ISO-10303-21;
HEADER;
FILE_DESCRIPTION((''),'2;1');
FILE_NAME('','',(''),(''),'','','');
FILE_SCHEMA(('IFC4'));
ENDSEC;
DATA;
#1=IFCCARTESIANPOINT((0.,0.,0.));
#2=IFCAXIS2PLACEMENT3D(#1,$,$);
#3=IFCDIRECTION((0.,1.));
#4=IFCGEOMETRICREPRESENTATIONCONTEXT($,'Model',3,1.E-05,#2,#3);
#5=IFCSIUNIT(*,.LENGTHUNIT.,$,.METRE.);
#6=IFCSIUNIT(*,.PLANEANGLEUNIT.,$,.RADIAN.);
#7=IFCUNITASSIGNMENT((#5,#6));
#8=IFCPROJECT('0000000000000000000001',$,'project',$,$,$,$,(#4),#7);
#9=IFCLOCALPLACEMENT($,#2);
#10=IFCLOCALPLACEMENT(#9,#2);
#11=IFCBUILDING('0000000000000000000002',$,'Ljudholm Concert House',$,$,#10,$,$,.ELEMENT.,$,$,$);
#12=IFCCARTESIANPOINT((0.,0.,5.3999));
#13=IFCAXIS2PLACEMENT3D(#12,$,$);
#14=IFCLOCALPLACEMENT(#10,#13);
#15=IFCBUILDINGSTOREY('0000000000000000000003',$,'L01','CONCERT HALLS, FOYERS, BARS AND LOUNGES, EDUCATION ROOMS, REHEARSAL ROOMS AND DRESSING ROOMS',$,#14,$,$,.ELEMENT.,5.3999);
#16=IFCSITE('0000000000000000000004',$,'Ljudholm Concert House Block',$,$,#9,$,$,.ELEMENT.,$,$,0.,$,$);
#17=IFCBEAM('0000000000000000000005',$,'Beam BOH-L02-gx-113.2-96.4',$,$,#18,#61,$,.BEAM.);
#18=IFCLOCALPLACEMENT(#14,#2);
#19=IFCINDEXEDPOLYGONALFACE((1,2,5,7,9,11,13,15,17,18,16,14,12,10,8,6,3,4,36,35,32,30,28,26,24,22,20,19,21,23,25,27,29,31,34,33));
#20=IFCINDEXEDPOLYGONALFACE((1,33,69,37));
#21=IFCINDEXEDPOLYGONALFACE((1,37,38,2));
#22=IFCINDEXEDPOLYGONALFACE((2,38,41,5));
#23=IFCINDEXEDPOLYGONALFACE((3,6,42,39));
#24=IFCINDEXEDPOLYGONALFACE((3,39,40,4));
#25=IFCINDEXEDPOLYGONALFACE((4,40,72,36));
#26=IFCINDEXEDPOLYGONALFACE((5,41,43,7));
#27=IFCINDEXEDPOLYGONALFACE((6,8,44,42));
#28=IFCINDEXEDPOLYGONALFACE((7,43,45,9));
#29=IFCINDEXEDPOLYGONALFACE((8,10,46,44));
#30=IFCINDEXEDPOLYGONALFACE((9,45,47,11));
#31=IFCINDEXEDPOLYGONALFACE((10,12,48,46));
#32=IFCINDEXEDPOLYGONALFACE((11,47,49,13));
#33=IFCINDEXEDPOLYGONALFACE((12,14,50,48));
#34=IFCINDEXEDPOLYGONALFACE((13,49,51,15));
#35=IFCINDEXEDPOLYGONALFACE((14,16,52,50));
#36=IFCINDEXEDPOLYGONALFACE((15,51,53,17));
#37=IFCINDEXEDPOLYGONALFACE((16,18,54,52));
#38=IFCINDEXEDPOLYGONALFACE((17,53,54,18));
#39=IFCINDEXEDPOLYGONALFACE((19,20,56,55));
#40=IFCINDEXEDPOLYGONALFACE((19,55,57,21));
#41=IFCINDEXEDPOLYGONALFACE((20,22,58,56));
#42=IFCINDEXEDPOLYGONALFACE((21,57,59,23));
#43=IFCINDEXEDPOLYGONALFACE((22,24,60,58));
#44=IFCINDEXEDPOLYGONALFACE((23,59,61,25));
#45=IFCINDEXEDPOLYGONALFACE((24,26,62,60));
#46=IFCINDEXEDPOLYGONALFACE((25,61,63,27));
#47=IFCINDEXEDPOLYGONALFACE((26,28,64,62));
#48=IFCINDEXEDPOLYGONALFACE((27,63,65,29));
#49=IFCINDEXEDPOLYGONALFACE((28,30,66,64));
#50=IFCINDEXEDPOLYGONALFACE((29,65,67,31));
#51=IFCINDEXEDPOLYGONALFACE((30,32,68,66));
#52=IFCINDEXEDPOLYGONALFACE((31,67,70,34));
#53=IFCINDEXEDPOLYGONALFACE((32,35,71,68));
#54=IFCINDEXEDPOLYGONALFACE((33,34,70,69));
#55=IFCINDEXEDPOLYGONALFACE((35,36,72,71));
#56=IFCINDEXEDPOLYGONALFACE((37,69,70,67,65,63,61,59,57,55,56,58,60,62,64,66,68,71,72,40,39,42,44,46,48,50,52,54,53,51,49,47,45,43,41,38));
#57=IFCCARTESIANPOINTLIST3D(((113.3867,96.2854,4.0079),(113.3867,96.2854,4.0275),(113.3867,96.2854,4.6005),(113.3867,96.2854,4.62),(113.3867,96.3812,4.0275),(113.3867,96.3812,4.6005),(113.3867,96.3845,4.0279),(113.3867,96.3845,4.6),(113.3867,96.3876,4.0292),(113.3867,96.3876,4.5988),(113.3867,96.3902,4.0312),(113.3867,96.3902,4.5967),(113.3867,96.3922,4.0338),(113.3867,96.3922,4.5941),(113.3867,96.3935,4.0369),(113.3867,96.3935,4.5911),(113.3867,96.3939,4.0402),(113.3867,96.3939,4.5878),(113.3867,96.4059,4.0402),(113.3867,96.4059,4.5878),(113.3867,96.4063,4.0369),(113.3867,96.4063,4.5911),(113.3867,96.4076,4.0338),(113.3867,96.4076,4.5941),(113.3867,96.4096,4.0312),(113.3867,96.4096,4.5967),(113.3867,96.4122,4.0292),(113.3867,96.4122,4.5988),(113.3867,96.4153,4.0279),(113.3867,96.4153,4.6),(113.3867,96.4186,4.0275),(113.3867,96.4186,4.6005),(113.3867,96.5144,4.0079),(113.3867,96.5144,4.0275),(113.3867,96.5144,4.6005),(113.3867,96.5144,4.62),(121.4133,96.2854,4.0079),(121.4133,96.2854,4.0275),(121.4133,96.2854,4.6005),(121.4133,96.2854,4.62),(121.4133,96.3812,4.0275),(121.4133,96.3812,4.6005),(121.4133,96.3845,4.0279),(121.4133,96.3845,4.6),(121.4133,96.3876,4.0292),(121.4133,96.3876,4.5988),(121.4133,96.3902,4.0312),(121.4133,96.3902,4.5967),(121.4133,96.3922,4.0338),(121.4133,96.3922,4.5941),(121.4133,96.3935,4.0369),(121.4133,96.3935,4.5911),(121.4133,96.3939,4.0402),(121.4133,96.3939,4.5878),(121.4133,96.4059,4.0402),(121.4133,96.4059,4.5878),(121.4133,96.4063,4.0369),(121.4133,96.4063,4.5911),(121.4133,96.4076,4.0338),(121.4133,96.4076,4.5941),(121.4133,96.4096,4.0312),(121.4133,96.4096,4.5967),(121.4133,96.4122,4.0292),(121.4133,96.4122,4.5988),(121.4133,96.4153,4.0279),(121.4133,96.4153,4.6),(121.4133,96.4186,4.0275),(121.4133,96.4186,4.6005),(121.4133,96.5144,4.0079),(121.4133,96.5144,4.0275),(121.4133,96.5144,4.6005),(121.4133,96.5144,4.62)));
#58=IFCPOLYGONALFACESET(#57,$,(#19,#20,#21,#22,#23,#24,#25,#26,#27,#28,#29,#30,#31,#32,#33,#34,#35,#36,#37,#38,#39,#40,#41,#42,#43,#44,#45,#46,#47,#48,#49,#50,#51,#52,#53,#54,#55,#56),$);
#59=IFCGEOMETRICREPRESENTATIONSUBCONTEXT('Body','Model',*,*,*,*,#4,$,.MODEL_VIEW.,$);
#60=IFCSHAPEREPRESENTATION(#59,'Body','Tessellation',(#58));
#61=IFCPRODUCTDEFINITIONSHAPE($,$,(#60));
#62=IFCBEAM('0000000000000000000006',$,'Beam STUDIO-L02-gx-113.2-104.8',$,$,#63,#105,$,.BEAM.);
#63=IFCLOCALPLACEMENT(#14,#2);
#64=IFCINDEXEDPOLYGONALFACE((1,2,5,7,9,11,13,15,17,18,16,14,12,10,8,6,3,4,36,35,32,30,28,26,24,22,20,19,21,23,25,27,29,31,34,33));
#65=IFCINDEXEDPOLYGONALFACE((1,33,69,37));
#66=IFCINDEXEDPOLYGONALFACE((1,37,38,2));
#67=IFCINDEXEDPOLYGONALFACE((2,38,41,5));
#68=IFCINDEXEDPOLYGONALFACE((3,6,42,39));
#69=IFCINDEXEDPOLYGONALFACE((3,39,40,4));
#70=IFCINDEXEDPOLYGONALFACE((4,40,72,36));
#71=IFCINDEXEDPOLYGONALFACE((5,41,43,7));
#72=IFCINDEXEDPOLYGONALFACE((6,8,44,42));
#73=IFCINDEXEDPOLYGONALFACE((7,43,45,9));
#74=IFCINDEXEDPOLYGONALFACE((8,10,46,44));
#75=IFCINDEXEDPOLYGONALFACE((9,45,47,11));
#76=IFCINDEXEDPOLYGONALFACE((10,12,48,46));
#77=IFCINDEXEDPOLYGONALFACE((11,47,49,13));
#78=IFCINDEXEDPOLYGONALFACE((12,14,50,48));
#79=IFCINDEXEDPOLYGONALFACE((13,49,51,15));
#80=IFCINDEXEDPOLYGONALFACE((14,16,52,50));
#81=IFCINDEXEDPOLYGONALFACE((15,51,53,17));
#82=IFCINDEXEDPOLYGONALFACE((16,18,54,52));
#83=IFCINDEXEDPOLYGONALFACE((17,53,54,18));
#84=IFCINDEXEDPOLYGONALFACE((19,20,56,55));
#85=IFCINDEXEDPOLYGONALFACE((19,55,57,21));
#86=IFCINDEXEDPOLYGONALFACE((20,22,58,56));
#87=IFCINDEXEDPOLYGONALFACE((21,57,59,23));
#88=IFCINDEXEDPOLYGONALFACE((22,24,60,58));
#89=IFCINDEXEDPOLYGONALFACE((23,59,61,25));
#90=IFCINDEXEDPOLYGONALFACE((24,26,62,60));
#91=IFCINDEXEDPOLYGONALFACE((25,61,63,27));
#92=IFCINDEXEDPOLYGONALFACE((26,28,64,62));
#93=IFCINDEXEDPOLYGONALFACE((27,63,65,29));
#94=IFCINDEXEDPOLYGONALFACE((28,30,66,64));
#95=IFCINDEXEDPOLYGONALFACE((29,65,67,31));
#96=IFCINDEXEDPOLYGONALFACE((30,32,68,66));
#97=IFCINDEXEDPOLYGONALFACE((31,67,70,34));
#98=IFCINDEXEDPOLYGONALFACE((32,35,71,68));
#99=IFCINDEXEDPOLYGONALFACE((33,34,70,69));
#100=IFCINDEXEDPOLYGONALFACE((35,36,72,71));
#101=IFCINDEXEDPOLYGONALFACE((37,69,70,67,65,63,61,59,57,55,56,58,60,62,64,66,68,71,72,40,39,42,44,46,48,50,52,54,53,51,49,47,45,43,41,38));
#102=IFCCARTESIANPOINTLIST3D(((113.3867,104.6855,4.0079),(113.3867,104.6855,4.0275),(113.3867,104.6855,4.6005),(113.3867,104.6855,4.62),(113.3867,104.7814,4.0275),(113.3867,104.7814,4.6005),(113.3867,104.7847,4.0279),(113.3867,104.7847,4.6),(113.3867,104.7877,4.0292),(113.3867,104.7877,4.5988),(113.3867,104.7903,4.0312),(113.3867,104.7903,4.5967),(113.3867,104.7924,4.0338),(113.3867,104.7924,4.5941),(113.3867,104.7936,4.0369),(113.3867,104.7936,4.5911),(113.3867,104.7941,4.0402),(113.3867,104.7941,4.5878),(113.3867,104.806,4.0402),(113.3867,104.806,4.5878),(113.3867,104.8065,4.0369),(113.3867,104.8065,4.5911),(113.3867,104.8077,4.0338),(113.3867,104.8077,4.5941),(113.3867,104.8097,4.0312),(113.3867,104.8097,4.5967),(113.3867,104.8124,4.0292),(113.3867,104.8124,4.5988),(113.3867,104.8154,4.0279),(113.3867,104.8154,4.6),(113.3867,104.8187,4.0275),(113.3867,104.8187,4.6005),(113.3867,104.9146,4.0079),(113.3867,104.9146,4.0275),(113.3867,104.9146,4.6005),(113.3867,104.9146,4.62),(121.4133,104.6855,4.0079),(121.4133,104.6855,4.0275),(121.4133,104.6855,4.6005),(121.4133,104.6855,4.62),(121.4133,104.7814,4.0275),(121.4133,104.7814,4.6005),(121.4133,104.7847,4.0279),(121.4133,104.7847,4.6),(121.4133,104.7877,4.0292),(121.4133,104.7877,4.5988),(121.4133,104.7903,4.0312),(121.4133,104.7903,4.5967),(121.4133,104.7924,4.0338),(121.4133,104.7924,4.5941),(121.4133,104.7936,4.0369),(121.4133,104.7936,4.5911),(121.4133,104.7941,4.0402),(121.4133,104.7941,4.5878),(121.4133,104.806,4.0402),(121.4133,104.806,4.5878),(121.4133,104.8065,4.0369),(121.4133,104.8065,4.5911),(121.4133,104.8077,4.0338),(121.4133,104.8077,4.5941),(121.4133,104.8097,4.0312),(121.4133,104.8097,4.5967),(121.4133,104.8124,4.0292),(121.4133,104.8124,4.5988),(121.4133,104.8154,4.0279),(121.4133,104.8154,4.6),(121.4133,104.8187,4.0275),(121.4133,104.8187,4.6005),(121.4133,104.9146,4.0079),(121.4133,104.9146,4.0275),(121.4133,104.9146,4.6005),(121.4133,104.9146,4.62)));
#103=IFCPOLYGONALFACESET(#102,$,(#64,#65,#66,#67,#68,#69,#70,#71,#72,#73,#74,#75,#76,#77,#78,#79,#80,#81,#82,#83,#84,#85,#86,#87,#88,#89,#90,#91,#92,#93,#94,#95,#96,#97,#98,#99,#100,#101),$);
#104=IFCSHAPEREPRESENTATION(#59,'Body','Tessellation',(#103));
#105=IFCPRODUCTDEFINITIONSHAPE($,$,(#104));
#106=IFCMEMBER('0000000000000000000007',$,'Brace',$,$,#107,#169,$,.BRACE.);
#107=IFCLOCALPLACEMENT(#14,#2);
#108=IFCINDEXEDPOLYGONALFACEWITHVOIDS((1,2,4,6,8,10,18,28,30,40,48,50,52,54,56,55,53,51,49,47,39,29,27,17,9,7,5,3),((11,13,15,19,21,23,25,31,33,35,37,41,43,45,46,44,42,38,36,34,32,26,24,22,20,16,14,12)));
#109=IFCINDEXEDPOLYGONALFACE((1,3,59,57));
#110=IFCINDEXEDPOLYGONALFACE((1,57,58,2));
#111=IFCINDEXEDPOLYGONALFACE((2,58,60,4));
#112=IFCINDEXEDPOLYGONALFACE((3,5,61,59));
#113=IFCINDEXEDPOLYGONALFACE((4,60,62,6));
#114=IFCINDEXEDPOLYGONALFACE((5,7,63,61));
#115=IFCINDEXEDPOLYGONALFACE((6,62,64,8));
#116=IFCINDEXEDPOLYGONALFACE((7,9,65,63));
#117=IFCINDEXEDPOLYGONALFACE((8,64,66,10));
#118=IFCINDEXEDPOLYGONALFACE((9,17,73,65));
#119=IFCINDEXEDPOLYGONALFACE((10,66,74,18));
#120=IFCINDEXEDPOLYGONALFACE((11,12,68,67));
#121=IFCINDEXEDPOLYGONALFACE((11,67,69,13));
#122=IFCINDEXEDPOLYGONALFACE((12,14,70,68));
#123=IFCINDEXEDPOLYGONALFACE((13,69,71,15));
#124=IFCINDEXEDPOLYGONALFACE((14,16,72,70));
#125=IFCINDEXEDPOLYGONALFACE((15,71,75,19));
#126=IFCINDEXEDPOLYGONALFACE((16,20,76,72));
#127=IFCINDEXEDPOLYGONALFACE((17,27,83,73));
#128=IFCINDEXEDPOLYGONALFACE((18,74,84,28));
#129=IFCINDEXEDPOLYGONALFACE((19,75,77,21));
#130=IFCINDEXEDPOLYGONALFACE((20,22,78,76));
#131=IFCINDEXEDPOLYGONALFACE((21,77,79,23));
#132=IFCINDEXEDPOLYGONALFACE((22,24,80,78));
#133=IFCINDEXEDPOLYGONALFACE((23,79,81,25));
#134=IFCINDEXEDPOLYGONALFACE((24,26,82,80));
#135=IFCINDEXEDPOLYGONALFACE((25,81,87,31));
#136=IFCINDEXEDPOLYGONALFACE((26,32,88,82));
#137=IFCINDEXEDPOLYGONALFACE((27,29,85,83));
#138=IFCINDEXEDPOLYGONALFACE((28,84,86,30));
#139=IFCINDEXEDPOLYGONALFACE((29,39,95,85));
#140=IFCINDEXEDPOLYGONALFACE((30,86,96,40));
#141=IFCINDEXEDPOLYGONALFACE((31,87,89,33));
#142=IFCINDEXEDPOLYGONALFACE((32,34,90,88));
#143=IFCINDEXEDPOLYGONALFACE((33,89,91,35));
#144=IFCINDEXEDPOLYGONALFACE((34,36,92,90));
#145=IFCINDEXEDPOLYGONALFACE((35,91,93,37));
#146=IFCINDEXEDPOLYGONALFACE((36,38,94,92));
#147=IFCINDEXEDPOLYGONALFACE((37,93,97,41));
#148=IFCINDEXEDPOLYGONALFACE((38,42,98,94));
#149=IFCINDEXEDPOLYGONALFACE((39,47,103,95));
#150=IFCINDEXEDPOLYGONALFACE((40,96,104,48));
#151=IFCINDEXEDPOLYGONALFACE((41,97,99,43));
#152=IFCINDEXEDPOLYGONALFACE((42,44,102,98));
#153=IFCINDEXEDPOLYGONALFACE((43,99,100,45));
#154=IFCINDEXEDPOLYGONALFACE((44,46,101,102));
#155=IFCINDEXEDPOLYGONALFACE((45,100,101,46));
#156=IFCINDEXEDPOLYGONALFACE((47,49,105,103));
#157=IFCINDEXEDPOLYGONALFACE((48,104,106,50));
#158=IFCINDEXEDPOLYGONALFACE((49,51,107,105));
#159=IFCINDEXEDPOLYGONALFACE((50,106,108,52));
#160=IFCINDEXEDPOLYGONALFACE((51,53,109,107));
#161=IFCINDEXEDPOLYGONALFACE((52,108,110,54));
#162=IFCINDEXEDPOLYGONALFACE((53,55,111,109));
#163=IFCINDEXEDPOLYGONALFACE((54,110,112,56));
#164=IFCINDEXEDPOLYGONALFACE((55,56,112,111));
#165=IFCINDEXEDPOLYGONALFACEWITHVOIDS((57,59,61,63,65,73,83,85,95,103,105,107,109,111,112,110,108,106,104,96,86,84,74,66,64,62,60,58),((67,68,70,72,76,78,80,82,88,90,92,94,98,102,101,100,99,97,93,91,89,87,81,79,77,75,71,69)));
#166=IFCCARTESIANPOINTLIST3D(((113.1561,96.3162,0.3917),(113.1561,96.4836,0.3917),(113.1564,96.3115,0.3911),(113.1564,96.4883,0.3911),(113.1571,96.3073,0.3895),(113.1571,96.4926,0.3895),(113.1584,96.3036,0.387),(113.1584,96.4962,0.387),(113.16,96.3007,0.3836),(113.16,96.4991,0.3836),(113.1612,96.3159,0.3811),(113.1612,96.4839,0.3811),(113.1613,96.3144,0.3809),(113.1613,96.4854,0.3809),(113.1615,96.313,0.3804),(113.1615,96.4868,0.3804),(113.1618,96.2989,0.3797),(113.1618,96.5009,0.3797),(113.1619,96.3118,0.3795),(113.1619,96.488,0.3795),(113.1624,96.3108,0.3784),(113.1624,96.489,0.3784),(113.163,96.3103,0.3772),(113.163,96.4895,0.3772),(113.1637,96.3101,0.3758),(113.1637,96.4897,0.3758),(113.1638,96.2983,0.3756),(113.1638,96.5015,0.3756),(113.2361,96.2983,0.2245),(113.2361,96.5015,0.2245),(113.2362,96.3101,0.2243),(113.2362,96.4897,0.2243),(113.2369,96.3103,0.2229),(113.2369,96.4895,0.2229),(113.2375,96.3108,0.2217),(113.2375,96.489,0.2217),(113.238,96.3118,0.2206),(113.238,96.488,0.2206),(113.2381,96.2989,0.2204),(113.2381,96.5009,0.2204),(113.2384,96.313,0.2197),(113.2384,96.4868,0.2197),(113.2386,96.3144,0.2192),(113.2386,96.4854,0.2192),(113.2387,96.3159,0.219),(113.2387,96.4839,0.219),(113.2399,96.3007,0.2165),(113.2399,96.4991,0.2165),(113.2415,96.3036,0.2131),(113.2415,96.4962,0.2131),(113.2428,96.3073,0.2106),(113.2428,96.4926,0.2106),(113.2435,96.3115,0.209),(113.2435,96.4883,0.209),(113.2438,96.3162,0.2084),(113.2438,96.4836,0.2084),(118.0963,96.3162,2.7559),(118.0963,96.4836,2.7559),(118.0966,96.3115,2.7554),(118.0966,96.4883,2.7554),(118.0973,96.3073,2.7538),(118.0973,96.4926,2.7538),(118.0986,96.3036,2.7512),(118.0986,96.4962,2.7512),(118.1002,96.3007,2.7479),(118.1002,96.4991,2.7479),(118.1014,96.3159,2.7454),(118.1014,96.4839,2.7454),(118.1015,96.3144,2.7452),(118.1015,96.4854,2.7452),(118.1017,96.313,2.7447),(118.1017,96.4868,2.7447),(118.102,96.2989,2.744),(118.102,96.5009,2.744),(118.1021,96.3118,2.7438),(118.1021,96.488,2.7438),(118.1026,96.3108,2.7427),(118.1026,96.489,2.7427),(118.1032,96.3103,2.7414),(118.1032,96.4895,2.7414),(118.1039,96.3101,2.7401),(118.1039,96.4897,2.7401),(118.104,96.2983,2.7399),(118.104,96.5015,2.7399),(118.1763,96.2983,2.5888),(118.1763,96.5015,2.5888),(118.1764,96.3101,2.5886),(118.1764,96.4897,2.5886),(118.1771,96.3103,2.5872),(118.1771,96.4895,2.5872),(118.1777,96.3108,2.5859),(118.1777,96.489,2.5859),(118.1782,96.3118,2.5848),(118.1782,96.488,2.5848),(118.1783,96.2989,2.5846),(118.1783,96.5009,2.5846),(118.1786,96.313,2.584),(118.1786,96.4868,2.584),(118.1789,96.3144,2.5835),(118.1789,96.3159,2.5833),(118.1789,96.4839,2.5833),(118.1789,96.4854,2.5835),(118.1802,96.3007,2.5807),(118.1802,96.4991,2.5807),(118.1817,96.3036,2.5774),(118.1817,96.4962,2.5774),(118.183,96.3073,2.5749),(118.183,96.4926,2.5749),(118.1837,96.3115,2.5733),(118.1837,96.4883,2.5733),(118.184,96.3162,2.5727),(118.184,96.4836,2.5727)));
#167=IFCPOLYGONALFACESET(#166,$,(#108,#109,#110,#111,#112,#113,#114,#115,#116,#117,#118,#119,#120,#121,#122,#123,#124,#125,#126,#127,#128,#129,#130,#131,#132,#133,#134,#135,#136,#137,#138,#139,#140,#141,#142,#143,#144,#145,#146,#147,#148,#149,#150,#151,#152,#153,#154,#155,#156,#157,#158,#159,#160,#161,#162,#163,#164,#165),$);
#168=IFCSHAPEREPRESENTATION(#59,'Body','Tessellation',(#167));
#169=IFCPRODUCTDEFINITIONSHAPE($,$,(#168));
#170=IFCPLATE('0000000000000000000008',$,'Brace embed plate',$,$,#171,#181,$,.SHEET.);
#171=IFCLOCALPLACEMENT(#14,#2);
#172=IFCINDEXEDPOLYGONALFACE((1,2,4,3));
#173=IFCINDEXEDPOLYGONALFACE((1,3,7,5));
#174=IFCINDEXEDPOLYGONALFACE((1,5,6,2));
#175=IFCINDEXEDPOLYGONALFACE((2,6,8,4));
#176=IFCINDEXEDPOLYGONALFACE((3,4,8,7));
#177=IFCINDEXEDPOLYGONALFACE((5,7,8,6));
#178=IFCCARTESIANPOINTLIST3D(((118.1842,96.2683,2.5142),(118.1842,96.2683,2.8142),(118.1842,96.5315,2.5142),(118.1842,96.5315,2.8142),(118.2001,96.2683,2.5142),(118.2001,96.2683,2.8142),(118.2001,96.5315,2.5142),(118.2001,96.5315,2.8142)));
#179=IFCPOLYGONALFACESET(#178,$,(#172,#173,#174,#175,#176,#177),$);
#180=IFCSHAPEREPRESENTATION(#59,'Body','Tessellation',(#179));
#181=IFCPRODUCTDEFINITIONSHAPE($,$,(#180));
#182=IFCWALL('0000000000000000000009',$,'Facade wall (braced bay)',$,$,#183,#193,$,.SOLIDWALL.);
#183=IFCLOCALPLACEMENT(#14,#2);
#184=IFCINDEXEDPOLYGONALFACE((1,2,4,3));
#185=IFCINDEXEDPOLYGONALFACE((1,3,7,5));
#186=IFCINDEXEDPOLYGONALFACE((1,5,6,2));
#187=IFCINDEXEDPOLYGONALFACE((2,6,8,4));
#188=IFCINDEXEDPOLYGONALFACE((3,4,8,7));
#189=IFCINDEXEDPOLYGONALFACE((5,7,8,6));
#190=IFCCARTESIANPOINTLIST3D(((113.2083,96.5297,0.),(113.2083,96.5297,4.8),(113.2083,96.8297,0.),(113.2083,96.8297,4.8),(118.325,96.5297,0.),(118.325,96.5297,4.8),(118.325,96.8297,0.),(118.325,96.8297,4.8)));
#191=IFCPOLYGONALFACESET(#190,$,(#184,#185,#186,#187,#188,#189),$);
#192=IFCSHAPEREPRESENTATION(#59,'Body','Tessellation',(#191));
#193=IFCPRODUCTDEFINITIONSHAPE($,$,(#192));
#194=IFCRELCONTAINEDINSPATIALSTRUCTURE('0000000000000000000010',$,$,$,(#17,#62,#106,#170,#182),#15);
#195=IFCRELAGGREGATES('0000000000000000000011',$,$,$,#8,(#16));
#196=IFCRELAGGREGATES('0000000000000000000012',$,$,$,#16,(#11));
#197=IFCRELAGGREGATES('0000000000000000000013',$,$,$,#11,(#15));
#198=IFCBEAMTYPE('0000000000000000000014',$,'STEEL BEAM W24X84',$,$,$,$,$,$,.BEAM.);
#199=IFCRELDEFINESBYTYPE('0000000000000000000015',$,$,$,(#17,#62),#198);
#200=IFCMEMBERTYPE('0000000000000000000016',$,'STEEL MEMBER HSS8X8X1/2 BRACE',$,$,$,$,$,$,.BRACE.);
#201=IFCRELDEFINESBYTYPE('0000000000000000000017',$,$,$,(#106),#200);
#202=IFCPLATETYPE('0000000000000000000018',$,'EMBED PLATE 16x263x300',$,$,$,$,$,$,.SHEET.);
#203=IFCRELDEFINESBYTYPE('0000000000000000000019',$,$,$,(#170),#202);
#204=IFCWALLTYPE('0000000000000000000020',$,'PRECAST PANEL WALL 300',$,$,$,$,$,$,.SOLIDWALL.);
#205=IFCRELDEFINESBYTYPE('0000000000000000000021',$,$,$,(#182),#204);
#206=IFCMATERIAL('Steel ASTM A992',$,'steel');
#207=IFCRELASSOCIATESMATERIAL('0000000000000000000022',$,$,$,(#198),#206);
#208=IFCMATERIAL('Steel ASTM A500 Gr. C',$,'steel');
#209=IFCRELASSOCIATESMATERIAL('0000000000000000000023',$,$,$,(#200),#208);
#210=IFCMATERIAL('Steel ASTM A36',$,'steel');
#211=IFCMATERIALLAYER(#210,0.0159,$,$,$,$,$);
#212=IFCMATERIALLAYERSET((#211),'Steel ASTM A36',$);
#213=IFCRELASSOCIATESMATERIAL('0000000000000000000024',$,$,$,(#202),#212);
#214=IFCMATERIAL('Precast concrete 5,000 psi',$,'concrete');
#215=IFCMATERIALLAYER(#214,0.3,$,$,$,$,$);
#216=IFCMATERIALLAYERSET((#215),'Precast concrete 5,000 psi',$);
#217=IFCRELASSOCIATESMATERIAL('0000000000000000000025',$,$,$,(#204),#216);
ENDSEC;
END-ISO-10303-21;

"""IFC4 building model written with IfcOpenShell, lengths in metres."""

from ifc_helpers import new_model, si_unit, direction, frame, frame_2d, origin, origin_2d, place, context, subcontext, project, spatial, rectangle, hollow_rectangle, i_section, extrude, material, layer, layer_set, material_profile, profile_set, type_object, element, save


model = new_model("IFC4")

# Units and contexts
model_context = context("Model", 3, precision=1e-05, world=origin(), true_north=direction((0.0, 1.0)))
body_context = subcontext(model_context, "Body", "Model", "MODEL_VIEW")
ifc_project = project(units=[si_unit("LENGTHUNIT", "METRE"), si_unit("PLANEANGLEUNIT", "RADIAN")], contexts=[model_context])

# Site, building, storey
site_placement = place(None, origin())
site = spatial("IfcSite", under=ifc_project, at=site_placement, Name="Ljudholm Concert House Block", CompositionType="ELEMENT", RefElevation=0.0)
building_placement = place(site_placement, origin())
building = spatial("IfcBuilding", under=site, at=building_placement, Name="Ljudholm Concert House", CompositionType="ELEMENT")
storey_placement = place(building_placement, frame((0.0, 0.0, 5.3999)))
storey = spatial("IfcBuildingStorey", under=building, at=storey_placement, Name="L01", Description="CONCERT HALLS, FOYERS, BARS AND LOUNGES, EDUCATION ROOMS, REHEARSAL ROOMS AND DRESSING ROOMS", CompositionType="ELEMENT", Elevation=5.3999)

# Beams
ifc_material_1 = material(Name="Steel ASTM A992", Category="steel")
ifc_material_profile_1 = material_profile(ifc_material_1, i_section(OverallWidth=0.229, OverallDepth=0.6121, WebThickness=0.012, FlangeThickness=0.0195, FilletRadius=0.0127, at=origin_2d()), Name="W24X84")
ifc_profile_set_1 = profile_set([ifc_material_profile_1], Name="Steel ASTM A992")
beam_type_1 = type_object("IfcBeamType", Name="STEEL BEAM W24X84", PredefinedType="BEAM", material=ifc_profile_set_1)
for number, where, z_axis, x_axis, name in (
    (1, (113.3867, 96.3999, 4.314), (1.0, 0.0, 0.0), (0.0, 1.0, 0.0), "Beam BOH-L02-gx-113.2-96.4"),
    (2, (113.3867, 104.8, 4.314), (1.0, 0.0, 0.0), (0.0, 1.0, 0.0), "Beam STUDIO-L02-gx-113.2-104.8"),
):
    element("IfcBeam", number, at=place(storey_placement, frame(where, z_axis=z_axis, x_axis=x_axis)), inside=storey, type_object=beam_type_1, Name=name, PredefinedType="BEAM", context=body_context, shape_type="SweptSolid", body=[
        extrude(i_section(OverallWidth=0.229, OverallDepth=0.6121, WebThickness=0.012, FlangeThickness=0.0195, FilletRadius=0.0127, at=origin_2d()), origin(), (0.0, 0.0, 1.0), 8.0266),
    ])

# Member
ifc_material_2 = material(Name="Steel ASTM A500 Gr. C", Category="steel")
ifc_material_profile_2 = material_profile(ifc_material_2, hollow_rectangle(XDim=0.2031, YDim=0.2031, WallThickness=0.0117, InnerFilletRadius=0.0059, OuterFilletRadius=0.0178, at=origin_2d()), Name="HSS8X8X1/2")
ifc_profile_set_2 = profile_set([ifc_material_profile_2], Name="Steel ASTM A500 Gr. C")
member_type = type_object("IfcMemberType", Name="STEEL MEMBER HSS8X8X1/2 BRACE", PredefinedType="BRACE", material=ifc_profile_set_2)
member_placement = place(storey_placement, frame((113.2, 96.3999, 0.3), z_axis=(0.902023, 0.0, 0.431687), x_axis=(0.0, 1.0, 0.0)))
element("IfcMember", 3, at=member_placement, inside=storey, type_object=member_type, Name="Brace", PredefinedType="BRACE", context=body_context, shape_type="SweptSolid", body=[
    extrude(hollow_rectangle(XDim=0.2031, YDim=0.2031, WallThickness=0.0117, InnerFilletRadius=0.0059, OuterFilletRadius=0.0178, at=origin_2d()), origin(), (0.0, 0.0, 1.0), 5.4768),
])

# Plate
ifc_material_3 = material(Name="Steel ASTM A36", Category="steel")
ifc_layer_1 = layer(ifc_material_3, 0.0159)
ifc_layer_set_1 = layer_set([ifc_layer_1], Name="Steel ASTM A36")
plate_type = type_object("IfcPlateType", Name="EMBED PLATE 16x263x300", PredefinedType="SHEET", material=ifc_layer_set_1)
plate_placement = place(storey_placement, frame((118.1921, 96.3999, 2.5142), z_axis=(0.0, 0.0, 1.0), x_axis=(1.0, 0.0, 0.0)))
element("IfcPlate", 4, at=plate_placement, inside=storey, type_object=plate_type, Name="Brace embed plate", PredefinedType="SHEET", context=body_context, shape_type="SweptSolid", body=[
    extrude(rectangle(XDim=0.0159, YDim=0.2632, at=origin_2d()), origin(), (0.0, 0.0, 1.0), 0.3),
])

# Wall
ifc_material_4 = material(Name="Precast concrete 5,000 psi", Category="concrete")
ifc_layer_2 = layer(ifc_material_4, 0.3)
ifc_layer_set_2 = layer_set([ifc_layer_2], Name="Precast concrete 5,000 psi")
wall_type_1 = type_object("IfcWallType", Name="PRECAST PANEL WALL 300", PredefinedType="SOLIDWALL", material=ifc_layer_set_2)
wall_1_placement = place(storey_placement, frame((113.2083, 96.6797, 0.0), z_axis=(0.0, 0.0, 1.0), x_axis=(1.0, 0.0, 0.0)))
element("IfcWall", 5, at=wall_1_placement, inside=storey, type_object=wall_type_1, Name="Facade wall (braced bay)", PredefinedType="SOLIDWALL", context=body_context, shape_type="SweptSolid", body=[
    extrude(rectangle(XDim=5.1167, YDim=0.3, at=frame_2d((2.5583, 0.0))), origin(), (0.0, 0.0, 1.0), 4.8),
])

save(model, "model.ifc")
